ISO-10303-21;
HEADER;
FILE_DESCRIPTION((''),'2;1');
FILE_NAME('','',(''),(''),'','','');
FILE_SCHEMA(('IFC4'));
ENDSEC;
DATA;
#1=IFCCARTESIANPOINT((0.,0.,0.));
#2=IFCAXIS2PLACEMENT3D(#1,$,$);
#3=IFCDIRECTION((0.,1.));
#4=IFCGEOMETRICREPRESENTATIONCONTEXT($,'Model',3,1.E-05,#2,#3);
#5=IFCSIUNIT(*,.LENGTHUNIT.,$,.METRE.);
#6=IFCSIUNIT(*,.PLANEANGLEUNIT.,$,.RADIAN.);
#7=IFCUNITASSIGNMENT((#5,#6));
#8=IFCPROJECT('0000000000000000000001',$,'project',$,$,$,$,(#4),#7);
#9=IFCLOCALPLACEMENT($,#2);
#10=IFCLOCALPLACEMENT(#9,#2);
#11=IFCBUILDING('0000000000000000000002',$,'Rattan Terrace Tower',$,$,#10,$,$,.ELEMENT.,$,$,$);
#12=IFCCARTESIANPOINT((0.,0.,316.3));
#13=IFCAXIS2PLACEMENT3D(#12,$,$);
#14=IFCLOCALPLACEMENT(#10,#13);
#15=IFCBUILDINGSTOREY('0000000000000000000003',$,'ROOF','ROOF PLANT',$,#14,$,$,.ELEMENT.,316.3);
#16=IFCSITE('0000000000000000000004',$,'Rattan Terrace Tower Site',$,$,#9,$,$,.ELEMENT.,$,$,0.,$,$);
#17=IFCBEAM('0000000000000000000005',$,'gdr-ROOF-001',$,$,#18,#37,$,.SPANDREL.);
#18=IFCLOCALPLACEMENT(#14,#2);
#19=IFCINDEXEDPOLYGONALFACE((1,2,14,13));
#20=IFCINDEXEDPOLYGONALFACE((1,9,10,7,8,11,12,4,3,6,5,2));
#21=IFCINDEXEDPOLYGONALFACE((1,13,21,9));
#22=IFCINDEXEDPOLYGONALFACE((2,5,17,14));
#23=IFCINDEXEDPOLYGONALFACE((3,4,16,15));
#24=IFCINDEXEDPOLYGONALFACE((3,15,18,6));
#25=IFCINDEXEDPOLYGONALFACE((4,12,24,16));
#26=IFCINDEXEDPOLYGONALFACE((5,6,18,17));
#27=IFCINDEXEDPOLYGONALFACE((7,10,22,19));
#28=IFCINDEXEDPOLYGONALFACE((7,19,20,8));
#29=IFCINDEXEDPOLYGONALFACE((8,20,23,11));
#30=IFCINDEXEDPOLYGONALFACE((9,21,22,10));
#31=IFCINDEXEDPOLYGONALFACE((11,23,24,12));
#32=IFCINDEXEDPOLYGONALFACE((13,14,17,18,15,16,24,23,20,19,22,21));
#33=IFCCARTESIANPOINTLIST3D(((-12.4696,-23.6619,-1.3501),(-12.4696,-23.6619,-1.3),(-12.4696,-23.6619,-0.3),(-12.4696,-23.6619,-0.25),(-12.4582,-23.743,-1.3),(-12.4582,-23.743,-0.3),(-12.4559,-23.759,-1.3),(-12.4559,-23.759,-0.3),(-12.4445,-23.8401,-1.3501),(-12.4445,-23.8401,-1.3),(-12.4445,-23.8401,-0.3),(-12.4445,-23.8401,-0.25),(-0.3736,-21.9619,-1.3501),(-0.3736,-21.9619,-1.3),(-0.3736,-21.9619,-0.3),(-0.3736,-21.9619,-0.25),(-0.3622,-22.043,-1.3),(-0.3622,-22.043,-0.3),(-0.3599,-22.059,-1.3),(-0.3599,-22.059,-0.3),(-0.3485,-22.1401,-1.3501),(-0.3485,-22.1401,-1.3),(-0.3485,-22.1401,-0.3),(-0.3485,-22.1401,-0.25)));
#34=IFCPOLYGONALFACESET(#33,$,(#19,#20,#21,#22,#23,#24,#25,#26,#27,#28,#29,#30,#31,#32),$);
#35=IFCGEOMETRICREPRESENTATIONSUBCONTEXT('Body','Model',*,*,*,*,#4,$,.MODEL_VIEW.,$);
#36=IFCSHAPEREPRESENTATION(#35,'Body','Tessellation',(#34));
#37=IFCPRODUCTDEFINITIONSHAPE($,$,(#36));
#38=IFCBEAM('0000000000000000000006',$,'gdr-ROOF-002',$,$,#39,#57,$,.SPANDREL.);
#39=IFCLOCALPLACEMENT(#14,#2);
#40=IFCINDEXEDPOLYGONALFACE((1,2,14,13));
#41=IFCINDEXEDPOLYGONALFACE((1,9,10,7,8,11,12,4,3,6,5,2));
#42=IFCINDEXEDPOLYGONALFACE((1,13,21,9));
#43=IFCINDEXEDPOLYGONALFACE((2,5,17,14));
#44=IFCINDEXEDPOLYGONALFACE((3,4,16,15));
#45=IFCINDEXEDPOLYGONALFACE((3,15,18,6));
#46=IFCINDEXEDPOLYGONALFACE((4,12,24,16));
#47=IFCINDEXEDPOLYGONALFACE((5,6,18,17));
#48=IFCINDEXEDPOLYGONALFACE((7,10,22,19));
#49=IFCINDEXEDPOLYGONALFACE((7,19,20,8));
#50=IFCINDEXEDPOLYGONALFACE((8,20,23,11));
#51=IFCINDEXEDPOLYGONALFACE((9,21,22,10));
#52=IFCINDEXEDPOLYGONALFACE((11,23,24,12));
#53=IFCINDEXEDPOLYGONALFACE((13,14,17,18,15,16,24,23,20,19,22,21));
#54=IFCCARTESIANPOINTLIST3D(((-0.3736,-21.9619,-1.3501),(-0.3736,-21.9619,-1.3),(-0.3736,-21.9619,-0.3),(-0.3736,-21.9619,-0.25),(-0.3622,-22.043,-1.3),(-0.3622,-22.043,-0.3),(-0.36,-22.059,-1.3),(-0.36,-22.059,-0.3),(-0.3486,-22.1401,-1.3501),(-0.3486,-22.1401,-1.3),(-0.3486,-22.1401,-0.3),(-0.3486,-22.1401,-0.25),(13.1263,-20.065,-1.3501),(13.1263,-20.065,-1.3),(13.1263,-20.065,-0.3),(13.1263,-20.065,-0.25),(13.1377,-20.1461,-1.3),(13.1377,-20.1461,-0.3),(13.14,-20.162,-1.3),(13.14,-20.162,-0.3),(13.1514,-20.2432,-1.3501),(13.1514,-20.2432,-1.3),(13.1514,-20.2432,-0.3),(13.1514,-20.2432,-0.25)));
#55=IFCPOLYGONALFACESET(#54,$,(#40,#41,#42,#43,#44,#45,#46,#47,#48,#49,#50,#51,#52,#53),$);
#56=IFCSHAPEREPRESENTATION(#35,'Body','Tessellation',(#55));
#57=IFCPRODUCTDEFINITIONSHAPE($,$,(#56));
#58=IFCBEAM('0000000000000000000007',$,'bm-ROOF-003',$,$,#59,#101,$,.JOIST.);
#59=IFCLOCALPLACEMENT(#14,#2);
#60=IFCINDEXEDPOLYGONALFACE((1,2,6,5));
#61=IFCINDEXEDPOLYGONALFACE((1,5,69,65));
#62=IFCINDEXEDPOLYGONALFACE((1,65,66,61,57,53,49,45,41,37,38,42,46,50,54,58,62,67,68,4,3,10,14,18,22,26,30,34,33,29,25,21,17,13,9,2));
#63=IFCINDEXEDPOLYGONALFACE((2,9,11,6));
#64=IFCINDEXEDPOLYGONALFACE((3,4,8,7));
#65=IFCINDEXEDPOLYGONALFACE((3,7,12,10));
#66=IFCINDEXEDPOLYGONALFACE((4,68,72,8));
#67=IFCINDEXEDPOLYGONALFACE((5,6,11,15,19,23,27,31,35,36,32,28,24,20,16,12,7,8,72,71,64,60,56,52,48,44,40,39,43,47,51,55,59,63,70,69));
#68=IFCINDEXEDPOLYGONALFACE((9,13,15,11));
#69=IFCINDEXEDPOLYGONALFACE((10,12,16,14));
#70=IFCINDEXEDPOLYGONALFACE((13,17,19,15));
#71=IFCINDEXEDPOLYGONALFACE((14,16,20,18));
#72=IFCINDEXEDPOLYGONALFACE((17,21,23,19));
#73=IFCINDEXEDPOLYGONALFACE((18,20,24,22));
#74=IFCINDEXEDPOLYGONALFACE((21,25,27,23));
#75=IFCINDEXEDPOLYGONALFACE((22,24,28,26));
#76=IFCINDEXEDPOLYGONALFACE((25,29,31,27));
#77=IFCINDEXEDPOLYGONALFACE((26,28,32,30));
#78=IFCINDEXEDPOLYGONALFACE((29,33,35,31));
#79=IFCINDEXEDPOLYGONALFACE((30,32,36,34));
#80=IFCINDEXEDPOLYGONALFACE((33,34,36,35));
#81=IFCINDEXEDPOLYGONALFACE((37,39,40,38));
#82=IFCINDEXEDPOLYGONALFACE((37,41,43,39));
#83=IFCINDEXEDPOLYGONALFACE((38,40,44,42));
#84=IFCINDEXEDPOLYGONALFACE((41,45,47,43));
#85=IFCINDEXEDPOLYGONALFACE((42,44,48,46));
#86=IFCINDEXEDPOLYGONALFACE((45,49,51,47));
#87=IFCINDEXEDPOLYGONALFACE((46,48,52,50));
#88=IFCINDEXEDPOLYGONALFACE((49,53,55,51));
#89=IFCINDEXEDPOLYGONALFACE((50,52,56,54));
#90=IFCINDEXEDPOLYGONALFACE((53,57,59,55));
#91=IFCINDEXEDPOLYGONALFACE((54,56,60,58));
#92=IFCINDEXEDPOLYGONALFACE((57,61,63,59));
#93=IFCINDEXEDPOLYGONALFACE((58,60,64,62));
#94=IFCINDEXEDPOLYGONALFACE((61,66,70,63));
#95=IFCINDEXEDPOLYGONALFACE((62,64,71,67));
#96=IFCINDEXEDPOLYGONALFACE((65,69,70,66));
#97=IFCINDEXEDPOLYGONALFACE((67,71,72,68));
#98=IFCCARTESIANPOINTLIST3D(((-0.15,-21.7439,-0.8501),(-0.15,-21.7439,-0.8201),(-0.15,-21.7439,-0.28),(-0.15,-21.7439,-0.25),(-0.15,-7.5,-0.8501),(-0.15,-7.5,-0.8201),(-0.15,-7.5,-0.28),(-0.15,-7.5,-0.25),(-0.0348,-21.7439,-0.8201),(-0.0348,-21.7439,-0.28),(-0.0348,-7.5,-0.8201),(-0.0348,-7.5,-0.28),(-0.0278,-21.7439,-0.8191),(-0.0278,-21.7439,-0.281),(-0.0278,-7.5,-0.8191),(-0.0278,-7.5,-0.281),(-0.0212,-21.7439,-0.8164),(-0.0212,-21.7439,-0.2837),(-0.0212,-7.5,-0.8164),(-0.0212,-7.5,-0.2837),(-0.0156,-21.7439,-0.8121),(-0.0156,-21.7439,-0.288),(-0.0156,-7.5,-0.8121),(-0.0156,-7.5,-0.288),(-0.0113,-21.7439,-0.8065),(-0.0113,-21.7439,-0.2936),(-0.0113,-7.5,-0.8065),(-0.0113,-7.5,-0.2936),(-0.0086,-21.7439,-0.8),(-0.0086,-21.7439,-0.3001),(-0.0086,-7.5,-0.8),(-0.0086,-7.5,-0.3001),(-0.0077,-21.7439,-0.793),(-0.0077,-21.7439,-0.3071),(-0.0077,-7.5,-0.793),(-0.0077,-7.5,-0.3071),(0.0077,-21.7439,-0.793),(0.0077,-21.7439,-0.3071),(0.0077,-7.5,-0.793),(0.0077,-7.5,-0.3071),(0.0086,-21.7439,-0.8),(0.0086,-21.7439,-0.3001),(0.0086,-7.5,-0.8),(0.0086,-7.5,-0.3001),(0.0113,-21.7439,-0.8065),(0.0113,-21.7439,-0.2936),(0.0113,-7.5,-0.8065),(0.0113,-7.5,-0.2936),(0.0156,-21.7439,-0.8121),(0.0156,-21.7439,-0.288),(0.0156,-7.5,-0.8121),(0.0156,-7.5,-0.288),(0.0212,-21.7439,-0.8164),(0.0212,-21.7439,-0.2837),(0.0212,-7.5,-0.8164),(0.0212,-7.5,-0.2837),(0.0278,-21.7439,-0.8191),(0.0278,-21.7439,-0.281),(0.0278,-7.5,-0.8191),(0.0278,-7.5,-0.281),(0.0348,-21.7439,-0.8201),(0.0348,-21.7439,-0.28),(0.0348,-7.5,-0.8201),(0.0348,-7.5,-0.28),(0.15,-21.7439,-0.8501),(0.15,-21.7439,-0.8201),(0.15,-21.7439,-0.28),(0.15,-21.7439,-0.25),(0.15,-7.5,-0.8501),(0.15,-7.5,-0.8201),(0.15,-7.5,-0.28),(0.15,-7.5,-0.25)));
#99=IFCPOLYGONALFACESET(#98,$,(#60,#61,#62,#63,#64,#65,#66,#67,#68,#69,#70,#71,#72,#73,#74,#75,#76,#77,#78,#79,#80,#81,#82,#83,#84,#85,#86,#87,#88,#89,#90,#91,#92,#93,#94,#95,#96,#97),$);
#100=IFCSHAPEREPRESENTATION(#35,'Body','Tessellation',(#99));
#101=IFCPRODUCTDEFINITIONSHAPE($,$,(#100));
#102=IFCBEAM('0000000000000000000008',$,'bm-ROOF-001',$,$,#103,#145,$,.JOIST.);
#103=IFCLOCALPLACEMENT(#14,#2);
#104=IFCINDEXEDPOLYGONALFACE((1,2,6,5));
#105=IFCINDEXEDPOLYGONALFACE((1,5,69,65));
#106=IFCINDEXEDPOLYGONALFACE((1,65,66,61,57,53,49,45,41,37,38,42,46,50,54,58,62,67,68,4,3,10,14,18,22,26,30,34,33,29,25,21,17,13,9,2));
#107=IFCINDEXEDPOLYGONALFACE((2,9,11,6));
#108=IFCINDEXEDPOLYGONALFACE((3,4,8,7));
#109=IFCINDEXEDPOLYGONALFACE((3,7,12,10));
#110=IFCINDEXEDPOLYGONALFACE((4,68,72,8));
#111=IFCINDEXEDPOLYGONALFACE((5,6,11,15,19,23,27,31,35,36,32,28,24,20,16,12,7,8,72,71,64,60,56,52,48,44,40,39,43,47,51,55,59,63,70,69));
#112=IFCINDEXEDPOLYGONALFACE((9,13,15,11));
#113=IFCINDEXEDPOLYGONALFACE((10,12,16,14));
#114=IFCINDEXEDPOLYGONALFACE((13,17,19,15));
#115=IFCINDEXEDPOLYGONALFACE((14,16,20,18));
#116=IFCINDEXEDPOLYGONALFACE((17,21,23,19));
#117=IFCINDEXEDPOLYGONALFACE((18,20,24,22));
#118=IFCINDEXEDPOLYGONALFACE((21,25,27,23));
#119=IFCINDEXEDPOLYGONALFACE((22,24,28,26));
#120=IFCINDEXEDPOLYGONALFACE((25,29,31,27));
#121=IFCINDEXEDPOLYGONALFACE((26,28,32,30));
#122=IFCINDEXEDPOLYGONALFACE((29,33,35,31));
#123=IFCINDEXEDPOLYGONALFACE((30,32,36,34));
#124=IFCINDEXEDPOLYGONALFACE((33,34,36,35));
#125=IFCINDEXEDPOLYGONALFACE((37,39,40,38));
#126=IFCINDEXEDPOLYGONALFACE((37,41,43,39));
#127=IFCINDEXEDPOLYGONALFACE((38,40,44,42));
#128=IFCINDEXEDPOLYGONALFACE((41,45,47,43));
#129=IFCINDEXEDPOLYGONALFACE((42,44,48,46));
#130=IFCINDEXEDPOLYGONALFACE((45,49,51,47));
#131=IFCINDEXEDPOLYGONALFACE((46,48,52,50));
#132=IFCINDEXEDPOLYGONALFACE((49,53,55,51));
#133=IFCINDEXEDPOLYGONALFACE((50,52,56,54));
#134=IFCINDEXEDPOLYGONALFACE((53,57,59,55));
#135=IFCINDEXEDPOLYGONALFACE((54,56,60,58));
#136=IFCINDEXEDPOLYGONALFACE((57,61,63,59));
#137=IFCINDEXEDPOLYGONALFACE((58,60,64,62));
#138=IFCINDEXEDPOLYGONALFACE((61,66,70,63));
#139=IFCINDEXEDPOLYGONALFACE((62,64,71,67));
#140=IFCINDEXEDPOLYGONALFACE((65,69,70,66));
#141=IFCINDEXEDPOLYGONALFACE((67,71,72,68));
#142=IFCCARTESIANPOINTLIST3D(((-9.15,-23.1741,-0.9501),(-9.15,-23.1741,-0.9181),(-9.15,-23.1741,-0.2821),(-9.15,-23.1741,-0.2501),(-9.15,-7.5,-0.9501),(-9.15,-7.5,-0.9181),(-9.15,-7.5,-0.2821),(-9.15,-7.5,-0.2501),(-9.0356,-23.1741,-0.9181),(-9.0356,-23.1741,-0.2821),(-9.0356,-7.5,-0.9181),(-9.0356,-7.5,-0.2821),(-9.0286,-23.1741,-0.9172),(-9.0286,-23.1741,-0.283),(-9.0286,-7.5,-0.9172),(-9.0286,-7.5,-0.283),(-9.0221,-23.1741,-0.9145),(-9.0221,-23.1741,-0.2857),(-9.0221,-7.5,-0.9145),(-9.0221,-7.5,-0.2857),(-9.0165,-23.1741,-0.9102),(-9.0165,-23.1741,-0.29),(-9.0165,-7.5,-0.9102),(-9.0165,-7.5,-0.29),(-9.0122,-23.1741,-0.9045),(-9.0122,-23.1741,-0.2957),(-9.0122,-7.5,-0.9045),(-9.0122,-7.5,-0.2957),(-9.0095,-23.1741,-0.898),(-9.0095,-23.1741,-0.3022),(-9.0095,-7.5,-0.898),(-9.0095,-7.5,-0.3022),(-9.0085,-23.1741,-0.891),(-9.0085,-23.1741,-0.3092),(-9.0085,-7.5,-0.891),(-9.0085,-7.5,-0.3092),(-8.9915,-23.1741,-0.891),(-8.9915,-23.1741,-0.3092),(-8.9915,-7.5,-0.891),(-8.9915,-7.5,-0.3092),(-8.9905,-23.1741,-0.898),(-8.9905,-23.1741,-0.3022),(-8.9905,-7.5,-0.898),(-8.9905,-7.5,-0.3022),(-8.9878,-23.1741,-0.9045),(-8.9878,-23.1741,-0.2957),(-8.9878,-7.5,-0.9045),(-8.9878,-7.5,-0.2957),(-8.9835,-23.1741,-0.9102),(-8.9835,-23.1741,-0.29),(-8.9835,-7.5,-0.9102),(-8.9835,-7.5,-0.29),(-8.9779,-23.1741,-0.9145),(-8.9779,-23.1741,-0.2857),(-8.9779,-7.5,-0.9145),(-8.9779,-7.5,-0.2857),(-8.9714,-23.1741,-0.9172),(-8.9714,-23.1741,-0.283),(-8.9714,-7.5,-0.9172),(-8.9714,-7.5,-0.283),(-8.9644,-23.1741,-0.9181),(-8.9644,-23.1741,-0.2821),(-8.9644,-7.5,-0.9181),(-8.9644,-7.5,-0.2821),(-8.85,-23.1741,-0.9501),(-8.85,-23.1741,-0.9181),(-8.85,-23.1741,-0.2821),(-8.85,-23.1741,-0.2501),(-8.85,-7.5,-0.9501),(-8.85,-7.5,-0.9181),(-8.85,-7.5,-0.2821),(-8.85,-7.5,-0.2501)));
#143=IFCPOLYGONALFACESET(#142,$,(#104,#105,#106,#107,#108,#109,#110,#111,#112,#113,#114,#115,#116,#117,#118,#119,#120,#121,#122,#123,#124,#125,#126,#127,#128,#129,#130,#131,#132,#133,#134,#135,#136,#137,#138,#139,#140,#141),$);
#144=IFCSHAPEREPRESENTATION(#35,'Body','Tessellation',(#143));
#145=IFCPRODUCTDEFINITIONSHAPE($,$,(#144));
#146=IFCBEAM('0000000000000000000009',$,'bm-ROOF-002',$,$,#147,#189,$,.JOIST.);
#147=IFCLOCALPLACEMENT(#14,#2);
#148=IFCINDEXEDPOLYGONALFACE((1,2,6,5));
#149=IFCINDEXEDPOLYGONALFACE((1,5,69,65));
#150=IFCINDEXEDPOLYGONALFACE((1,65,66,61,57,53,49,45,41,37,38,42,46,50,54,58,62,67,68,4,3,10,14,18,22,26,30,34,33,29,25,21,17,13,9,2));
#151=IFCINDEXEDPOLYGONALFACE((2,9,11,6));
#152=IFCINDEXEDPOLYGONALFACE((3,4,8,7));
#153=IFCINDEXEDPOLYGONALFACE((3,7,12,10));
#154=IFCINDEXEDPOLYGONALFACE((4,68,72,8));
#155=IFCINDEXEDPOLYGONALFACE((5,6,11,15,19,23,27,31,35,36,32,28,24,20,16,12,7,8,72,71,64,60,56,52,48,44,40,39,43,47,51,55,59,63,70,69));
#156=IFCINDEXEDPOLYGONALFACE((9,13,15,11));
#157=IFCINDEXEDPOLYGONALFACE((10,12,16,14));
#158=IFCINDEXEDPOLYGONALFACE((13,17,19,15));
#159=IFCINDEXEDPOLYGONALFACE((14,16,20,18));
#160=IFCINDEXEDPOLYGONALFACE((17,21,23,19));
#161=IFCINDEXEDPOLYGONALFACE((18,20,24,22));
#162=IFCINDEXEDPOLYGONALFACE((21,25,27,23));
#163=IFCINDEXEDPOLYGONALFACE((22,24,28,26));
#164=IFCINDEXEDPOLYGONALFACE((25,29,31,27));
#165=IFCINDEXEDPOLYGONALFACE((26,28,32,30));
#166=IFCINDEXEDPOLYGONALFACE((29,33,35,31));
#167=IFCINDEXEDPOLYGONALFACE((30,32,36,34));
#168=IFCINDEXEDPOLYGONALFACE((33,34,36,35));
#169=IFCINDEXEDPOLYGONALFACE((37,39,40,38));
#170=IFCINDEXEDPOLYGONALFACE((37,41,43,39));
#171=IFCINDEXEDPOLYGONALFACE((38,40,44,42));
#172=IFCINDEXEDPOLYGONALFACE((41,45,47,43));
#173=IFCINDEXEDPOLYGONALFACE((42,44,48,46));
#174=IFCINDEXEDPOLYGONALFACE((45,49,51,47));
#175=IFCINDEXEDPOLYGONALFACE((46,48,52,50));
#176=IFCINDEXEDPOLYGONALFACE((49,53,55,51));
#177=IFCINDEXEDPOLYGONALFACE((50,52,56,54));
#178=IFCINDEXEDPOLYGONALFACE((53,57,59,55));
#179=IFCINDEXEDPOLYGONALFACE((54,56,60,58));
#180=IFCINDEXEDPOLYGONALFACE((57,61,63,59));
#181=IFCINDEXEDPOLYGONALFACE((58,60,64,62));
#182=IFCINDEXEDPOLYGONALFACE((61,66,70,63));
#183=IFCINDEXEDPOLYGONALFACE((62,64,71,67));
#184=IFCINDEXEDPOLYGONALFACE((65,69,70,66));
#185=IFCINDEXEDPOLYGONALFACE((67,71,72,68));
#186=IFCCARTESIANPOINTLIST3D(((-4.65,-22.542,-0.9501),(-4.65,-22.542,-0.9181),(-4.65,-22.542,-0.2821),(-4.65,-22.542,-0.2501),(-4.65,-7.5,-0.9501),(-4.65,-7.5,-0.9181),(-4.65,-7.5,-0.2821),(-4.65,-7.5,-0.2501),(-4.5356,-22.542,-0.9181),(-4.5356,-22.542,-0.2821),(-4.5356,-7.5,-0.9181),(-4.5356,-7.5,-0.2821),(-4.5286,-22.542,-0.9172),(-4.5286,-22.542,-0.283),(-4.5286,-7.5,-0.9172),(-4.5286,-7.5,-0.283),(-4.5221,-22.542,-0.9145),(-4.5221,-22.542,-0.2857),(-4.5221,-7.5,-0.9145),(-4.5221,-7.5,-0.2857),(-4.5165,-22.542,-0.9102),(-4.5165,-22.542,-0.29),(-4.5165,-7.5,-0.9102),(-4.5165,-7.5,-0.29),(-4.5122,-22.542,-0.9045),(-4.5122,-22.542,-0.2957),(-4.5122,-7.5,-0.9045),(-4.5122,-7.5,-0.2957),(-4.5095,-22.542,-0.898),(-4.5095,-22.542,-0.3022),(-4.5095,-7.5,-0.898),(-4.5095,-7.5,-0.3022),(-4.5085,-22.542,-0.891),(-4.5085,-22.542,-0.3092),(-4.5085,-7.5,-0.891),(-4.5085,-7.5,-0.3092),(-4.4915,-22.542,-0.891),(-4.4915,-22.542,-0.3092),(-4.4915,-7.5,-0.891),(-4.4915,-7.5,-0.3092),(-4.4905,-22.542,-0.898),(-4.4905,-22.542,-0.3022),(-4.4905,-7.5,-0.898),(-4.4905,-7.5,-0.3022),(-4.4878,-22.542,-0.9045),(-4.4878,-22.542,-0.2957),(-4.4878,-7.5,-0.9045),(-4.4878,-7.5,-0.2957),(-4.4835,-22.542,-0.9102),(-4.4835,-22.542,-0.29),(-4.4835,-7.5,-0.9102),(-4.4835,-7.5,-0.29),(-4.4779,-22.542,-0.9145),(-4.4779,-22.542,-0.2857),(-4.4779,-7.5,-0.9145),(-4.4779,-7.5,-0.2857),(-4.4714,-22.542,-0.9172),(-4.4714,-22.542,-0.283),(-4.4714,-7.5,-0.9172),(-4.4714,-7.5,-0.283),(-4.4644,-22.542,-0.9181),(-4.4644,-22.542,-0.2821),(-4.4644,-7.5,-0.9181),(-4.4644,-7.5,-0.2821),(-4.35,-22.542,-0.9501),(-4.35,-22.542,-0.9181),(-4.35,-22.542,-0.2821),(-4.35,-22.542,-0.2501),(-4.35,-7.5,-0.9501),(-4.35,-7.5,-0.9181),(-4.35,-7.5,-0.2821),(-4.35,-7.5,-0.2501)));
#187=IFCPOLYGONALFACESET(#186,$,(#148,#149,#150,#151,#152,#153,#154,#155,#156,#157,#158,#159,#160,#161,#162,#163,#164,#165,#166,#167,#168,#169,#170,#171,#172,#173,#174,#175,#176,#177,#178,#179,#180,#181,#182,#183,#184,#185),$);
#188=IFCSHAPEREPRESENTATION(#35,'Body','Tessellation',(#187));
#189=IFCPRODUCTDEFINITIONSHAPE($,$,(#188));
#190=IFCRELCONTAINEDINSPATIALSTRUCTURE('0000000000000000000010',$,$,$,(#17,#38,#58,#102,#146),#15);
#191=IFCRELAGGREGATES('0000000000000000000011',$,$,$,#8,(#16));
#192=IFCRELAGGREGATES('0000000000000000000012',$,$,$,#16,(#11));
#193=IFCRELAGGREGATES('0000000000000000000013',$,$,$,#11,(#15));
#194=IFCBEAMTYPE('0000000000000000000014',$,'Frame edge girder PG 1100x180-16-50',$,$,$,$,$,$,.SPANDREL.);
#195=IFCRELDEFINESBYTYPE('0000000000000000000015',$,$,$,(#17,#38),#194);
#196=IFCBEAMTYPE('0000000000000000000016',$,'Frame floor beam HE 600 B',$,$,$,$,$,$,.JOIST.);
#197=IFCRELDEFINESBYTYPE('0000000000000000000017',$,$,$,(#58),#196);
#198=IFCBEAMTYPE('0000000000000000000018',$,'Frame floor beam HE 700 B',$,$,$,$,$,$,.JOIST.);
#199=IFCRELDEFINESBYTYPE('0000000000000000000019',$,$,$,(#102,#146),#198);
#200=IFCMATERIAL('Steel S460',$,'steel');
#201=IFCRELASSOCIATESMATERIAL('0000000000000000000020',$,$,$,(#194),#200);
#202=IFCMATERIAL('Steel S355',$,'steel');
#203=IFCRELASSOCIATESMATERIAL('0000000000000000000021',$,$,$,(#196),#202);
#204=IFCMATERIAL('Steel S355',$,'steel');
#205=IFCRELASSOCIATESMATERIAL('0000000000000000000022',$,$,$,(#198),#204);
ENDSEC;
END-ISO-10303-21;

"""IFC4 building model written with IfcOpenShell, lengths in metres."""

from ifc_helpers import new_model, si_unit, direction, frame, origin, origin_2d, place, context, subcontext, project, spatial, i_section, extrude, material, material_profile, profile_set, type_object, element, save


model = new_model("IFC4")

# Units and contexts
model_context = context("Model", 3, precision=1e-05, world=origin(), true_north=direction((0.0, 1.0)))
body_context = subcontext(model_context, "Body", "Model", "MODEL_VIEW")
ifc_project = project(units=[si_unit("LENGTHUNIT", "METRE"), si_unit("PLANEANGLEUNIT", "RADIAN")], contexts=[model_context])

# Site, building, storey
site_placement = place(None, origin())
site = spatial("IfcSite", under=ifc_project, at=site_placement, Name="Rattan Terrace Tower Site", CompositionType="ELEMENT", RefElevation=0.0)
building_placement = place(site_placement, origin())
building = spatial("IfcBuilding", under=site, at=building_placement, Name="Rattan Terrace Tower", CompositionType="ELEMENT")
storey_placement = place(building_placement, frame((0.0, 0.0, 316.3)))
storey = spatial("IfcBuildingStorey", under=building, at=storey_placement, Name="ROOF", Description="ROOF PLANT", CompositionType="ELEMENT", Elevation=316.3)

# Beams
ifc_material_1 = material(Name="Steel S460", Category="steel")
ifc_material_profile_1 = material_profile(ifc_material_1, i_section(OverallWidth=0.1799, OverallDepth=1.1001, WebThickness=0.0161, FlangeThickness=0.05, at=origin_2d()), Name="PG 1100x180-16-50")
ifc_profile_set_1 = profile_set([ifc_material_profile_1], Name="Steel S460")
beam_type_1 = type_object("IfcBeamType", Name="Frame edge girder PG 1100x180-16-50", PredefinedType="SPANDREL", material=ifc_profile_set_1)
beam_1_placement = place(storey_placement, frame((-12.457, -23.751, -0.8), z_axis=(0.990268, 0.139171, 0.0), x_axis=(-0.139171, 0.990268, 0.0)))
element("IfcBeam", 1, at=beam_1_placement, inside=storey, type_object=beam_type_1, Name="gdr-ROOF-001", PredefinedType="SPANDREL", context=body_context, shape_type="SweptSolid", body=[
    extrude(i_section(OverallWidth=0.1799, OverallDepth=1.1001, WebThickness=0.0161, FlangeThickness=0.05, at=origin_2d()), origin(), (0.0, 0.0, 1.0), 12.2148),
])
beam_2_placement = place(storey_placement, frame((-0.3611, -22.051, -0.8), z_axis=(0.990271, 0.139149, 0.0), x_axis=(-0.139149, 0.990271, 0.0)))
element("IfcBeam", 2, at=beam_2_placement, inside=storey, type_object=beam_type_1, Name="gdr-ROOF-002", PredefinedType="SPANDREL", context=body_context, shape_type="SweptSolid", body=[
    extrude(i_section(OverallWidth=0.1799, OverallDepth=1.1001, WebThickness=0.0161, FlangeThickness=0.05, at=origin_2d()), origin(), (0.0, 0.0, 1.0), 13.6326),
])
ifc_material_2 = material(Name="Steel S355", Category="steel")
ifc_material_profile_2 = material_profile(ifc_material_2, i_section(OverallWidth=0.3, OverallDepth=0.6001, WebThickness=0.0154, FlangeThickness=0.03, FilletRadius=0.0271, at=origin_2d()), Name="HE 600 B")
ifc_profile_set_2 = profile_set([ifc_material_profile_2], Name="Steel S355")
beam_type_2 = type_object("IfcBeamType", Name="Frame floor beam HE 600 B", PredefinedType="JOIST", material=ifc_profile_set_2)
beam_3_placement = place(storey_placement, frame((0.0, -21.7439, -0.55), z_axis=(0.0, 1.0, 0.0), x_axis=(-1.0, 0.0, 0.0)))
element("IfcBeam", 3, at=beam_3_placement, inside=storey, type_object=beam_type_2, Name="bm-ROOF-003", PredefinedType="JOIST", context=body_context, shape_type="SweptSolid", body=[
    extrude(i_section(OverallWidth=0.3, OverallDepth=0.6001, WebThickness=0.0154, FlangeThickness=0.03, FilletRadius=0.0271, at=origin_2d()), origin(), (0.0, 0.0, 1.0), 14.2439),
])
ifc_material_3 = material(Name="Steel S355", Category="steel")
ifc_material_profile_3 = material_profile(ifc_material_3, i_section(OverallWidth=0.3, OverallDepth=0.7, WebThickness=0.0171, FlangeThickness=0.032, FilletRadius=0.0271, at=origin_2d()), Name="HE 700 B")
ifc_profile_set_3 = profile_set([ifc_material_profile_3], Name="Steel S355")
beam_type_3 = type_object("IfcBeamType", Name="Frame floor beam HE 700 B", PredefinedType="JOIST", material=ifc_profile_set_3)
beam_4_placement = place(storey_placement, frame((-9.0, -23.1741, -0.6001), z_axis=(0.0, 1.0, 0.0), x_axis=(-1.0, 0.0, 0.0)))
element("IfcBeam", 4, at=beam_4_placement, inside=storey, type_object=beam_type_3, Name="bm-ROOF-001", PredefinedType="JOIST", context=body_context, shape_type="SweptSolid", body=[
    extrude(i_section(OverallWidth=0.3, OverallDepth=0.7, WebThickness=0.0171, FlangeThickness=0.032, FilletRadius=0.0271, at=origin_2d()), origin(), (0.0, 0.0, 1.0), 15.6741),
])
beam_5_placement = place(storey_placement, frame((-4.5, -22.542, -0.6001), z_axis=(0.0, 1.0, 0.0), x_axis=(-1.0, 0.0, 0.0)))
element("IfcBeam", 5, at=beam_5_placement, inside=storey, type_object=beam_type_3, Name="bm-ROOF-002", PredefinedType="JOIST", context=body_context, shape_type="SweptSolid", body=[
    extrude(i_section(OverallWidth=0.3, OverallDepth=0.7, WebThickness=0.0171, FlangeThickness=0.032, FilletRadius=0.0271, at=origin_2d()), origin(), (0.0, 0.0, 1.0), 15.042),
])

save(model, "model.ifc")
